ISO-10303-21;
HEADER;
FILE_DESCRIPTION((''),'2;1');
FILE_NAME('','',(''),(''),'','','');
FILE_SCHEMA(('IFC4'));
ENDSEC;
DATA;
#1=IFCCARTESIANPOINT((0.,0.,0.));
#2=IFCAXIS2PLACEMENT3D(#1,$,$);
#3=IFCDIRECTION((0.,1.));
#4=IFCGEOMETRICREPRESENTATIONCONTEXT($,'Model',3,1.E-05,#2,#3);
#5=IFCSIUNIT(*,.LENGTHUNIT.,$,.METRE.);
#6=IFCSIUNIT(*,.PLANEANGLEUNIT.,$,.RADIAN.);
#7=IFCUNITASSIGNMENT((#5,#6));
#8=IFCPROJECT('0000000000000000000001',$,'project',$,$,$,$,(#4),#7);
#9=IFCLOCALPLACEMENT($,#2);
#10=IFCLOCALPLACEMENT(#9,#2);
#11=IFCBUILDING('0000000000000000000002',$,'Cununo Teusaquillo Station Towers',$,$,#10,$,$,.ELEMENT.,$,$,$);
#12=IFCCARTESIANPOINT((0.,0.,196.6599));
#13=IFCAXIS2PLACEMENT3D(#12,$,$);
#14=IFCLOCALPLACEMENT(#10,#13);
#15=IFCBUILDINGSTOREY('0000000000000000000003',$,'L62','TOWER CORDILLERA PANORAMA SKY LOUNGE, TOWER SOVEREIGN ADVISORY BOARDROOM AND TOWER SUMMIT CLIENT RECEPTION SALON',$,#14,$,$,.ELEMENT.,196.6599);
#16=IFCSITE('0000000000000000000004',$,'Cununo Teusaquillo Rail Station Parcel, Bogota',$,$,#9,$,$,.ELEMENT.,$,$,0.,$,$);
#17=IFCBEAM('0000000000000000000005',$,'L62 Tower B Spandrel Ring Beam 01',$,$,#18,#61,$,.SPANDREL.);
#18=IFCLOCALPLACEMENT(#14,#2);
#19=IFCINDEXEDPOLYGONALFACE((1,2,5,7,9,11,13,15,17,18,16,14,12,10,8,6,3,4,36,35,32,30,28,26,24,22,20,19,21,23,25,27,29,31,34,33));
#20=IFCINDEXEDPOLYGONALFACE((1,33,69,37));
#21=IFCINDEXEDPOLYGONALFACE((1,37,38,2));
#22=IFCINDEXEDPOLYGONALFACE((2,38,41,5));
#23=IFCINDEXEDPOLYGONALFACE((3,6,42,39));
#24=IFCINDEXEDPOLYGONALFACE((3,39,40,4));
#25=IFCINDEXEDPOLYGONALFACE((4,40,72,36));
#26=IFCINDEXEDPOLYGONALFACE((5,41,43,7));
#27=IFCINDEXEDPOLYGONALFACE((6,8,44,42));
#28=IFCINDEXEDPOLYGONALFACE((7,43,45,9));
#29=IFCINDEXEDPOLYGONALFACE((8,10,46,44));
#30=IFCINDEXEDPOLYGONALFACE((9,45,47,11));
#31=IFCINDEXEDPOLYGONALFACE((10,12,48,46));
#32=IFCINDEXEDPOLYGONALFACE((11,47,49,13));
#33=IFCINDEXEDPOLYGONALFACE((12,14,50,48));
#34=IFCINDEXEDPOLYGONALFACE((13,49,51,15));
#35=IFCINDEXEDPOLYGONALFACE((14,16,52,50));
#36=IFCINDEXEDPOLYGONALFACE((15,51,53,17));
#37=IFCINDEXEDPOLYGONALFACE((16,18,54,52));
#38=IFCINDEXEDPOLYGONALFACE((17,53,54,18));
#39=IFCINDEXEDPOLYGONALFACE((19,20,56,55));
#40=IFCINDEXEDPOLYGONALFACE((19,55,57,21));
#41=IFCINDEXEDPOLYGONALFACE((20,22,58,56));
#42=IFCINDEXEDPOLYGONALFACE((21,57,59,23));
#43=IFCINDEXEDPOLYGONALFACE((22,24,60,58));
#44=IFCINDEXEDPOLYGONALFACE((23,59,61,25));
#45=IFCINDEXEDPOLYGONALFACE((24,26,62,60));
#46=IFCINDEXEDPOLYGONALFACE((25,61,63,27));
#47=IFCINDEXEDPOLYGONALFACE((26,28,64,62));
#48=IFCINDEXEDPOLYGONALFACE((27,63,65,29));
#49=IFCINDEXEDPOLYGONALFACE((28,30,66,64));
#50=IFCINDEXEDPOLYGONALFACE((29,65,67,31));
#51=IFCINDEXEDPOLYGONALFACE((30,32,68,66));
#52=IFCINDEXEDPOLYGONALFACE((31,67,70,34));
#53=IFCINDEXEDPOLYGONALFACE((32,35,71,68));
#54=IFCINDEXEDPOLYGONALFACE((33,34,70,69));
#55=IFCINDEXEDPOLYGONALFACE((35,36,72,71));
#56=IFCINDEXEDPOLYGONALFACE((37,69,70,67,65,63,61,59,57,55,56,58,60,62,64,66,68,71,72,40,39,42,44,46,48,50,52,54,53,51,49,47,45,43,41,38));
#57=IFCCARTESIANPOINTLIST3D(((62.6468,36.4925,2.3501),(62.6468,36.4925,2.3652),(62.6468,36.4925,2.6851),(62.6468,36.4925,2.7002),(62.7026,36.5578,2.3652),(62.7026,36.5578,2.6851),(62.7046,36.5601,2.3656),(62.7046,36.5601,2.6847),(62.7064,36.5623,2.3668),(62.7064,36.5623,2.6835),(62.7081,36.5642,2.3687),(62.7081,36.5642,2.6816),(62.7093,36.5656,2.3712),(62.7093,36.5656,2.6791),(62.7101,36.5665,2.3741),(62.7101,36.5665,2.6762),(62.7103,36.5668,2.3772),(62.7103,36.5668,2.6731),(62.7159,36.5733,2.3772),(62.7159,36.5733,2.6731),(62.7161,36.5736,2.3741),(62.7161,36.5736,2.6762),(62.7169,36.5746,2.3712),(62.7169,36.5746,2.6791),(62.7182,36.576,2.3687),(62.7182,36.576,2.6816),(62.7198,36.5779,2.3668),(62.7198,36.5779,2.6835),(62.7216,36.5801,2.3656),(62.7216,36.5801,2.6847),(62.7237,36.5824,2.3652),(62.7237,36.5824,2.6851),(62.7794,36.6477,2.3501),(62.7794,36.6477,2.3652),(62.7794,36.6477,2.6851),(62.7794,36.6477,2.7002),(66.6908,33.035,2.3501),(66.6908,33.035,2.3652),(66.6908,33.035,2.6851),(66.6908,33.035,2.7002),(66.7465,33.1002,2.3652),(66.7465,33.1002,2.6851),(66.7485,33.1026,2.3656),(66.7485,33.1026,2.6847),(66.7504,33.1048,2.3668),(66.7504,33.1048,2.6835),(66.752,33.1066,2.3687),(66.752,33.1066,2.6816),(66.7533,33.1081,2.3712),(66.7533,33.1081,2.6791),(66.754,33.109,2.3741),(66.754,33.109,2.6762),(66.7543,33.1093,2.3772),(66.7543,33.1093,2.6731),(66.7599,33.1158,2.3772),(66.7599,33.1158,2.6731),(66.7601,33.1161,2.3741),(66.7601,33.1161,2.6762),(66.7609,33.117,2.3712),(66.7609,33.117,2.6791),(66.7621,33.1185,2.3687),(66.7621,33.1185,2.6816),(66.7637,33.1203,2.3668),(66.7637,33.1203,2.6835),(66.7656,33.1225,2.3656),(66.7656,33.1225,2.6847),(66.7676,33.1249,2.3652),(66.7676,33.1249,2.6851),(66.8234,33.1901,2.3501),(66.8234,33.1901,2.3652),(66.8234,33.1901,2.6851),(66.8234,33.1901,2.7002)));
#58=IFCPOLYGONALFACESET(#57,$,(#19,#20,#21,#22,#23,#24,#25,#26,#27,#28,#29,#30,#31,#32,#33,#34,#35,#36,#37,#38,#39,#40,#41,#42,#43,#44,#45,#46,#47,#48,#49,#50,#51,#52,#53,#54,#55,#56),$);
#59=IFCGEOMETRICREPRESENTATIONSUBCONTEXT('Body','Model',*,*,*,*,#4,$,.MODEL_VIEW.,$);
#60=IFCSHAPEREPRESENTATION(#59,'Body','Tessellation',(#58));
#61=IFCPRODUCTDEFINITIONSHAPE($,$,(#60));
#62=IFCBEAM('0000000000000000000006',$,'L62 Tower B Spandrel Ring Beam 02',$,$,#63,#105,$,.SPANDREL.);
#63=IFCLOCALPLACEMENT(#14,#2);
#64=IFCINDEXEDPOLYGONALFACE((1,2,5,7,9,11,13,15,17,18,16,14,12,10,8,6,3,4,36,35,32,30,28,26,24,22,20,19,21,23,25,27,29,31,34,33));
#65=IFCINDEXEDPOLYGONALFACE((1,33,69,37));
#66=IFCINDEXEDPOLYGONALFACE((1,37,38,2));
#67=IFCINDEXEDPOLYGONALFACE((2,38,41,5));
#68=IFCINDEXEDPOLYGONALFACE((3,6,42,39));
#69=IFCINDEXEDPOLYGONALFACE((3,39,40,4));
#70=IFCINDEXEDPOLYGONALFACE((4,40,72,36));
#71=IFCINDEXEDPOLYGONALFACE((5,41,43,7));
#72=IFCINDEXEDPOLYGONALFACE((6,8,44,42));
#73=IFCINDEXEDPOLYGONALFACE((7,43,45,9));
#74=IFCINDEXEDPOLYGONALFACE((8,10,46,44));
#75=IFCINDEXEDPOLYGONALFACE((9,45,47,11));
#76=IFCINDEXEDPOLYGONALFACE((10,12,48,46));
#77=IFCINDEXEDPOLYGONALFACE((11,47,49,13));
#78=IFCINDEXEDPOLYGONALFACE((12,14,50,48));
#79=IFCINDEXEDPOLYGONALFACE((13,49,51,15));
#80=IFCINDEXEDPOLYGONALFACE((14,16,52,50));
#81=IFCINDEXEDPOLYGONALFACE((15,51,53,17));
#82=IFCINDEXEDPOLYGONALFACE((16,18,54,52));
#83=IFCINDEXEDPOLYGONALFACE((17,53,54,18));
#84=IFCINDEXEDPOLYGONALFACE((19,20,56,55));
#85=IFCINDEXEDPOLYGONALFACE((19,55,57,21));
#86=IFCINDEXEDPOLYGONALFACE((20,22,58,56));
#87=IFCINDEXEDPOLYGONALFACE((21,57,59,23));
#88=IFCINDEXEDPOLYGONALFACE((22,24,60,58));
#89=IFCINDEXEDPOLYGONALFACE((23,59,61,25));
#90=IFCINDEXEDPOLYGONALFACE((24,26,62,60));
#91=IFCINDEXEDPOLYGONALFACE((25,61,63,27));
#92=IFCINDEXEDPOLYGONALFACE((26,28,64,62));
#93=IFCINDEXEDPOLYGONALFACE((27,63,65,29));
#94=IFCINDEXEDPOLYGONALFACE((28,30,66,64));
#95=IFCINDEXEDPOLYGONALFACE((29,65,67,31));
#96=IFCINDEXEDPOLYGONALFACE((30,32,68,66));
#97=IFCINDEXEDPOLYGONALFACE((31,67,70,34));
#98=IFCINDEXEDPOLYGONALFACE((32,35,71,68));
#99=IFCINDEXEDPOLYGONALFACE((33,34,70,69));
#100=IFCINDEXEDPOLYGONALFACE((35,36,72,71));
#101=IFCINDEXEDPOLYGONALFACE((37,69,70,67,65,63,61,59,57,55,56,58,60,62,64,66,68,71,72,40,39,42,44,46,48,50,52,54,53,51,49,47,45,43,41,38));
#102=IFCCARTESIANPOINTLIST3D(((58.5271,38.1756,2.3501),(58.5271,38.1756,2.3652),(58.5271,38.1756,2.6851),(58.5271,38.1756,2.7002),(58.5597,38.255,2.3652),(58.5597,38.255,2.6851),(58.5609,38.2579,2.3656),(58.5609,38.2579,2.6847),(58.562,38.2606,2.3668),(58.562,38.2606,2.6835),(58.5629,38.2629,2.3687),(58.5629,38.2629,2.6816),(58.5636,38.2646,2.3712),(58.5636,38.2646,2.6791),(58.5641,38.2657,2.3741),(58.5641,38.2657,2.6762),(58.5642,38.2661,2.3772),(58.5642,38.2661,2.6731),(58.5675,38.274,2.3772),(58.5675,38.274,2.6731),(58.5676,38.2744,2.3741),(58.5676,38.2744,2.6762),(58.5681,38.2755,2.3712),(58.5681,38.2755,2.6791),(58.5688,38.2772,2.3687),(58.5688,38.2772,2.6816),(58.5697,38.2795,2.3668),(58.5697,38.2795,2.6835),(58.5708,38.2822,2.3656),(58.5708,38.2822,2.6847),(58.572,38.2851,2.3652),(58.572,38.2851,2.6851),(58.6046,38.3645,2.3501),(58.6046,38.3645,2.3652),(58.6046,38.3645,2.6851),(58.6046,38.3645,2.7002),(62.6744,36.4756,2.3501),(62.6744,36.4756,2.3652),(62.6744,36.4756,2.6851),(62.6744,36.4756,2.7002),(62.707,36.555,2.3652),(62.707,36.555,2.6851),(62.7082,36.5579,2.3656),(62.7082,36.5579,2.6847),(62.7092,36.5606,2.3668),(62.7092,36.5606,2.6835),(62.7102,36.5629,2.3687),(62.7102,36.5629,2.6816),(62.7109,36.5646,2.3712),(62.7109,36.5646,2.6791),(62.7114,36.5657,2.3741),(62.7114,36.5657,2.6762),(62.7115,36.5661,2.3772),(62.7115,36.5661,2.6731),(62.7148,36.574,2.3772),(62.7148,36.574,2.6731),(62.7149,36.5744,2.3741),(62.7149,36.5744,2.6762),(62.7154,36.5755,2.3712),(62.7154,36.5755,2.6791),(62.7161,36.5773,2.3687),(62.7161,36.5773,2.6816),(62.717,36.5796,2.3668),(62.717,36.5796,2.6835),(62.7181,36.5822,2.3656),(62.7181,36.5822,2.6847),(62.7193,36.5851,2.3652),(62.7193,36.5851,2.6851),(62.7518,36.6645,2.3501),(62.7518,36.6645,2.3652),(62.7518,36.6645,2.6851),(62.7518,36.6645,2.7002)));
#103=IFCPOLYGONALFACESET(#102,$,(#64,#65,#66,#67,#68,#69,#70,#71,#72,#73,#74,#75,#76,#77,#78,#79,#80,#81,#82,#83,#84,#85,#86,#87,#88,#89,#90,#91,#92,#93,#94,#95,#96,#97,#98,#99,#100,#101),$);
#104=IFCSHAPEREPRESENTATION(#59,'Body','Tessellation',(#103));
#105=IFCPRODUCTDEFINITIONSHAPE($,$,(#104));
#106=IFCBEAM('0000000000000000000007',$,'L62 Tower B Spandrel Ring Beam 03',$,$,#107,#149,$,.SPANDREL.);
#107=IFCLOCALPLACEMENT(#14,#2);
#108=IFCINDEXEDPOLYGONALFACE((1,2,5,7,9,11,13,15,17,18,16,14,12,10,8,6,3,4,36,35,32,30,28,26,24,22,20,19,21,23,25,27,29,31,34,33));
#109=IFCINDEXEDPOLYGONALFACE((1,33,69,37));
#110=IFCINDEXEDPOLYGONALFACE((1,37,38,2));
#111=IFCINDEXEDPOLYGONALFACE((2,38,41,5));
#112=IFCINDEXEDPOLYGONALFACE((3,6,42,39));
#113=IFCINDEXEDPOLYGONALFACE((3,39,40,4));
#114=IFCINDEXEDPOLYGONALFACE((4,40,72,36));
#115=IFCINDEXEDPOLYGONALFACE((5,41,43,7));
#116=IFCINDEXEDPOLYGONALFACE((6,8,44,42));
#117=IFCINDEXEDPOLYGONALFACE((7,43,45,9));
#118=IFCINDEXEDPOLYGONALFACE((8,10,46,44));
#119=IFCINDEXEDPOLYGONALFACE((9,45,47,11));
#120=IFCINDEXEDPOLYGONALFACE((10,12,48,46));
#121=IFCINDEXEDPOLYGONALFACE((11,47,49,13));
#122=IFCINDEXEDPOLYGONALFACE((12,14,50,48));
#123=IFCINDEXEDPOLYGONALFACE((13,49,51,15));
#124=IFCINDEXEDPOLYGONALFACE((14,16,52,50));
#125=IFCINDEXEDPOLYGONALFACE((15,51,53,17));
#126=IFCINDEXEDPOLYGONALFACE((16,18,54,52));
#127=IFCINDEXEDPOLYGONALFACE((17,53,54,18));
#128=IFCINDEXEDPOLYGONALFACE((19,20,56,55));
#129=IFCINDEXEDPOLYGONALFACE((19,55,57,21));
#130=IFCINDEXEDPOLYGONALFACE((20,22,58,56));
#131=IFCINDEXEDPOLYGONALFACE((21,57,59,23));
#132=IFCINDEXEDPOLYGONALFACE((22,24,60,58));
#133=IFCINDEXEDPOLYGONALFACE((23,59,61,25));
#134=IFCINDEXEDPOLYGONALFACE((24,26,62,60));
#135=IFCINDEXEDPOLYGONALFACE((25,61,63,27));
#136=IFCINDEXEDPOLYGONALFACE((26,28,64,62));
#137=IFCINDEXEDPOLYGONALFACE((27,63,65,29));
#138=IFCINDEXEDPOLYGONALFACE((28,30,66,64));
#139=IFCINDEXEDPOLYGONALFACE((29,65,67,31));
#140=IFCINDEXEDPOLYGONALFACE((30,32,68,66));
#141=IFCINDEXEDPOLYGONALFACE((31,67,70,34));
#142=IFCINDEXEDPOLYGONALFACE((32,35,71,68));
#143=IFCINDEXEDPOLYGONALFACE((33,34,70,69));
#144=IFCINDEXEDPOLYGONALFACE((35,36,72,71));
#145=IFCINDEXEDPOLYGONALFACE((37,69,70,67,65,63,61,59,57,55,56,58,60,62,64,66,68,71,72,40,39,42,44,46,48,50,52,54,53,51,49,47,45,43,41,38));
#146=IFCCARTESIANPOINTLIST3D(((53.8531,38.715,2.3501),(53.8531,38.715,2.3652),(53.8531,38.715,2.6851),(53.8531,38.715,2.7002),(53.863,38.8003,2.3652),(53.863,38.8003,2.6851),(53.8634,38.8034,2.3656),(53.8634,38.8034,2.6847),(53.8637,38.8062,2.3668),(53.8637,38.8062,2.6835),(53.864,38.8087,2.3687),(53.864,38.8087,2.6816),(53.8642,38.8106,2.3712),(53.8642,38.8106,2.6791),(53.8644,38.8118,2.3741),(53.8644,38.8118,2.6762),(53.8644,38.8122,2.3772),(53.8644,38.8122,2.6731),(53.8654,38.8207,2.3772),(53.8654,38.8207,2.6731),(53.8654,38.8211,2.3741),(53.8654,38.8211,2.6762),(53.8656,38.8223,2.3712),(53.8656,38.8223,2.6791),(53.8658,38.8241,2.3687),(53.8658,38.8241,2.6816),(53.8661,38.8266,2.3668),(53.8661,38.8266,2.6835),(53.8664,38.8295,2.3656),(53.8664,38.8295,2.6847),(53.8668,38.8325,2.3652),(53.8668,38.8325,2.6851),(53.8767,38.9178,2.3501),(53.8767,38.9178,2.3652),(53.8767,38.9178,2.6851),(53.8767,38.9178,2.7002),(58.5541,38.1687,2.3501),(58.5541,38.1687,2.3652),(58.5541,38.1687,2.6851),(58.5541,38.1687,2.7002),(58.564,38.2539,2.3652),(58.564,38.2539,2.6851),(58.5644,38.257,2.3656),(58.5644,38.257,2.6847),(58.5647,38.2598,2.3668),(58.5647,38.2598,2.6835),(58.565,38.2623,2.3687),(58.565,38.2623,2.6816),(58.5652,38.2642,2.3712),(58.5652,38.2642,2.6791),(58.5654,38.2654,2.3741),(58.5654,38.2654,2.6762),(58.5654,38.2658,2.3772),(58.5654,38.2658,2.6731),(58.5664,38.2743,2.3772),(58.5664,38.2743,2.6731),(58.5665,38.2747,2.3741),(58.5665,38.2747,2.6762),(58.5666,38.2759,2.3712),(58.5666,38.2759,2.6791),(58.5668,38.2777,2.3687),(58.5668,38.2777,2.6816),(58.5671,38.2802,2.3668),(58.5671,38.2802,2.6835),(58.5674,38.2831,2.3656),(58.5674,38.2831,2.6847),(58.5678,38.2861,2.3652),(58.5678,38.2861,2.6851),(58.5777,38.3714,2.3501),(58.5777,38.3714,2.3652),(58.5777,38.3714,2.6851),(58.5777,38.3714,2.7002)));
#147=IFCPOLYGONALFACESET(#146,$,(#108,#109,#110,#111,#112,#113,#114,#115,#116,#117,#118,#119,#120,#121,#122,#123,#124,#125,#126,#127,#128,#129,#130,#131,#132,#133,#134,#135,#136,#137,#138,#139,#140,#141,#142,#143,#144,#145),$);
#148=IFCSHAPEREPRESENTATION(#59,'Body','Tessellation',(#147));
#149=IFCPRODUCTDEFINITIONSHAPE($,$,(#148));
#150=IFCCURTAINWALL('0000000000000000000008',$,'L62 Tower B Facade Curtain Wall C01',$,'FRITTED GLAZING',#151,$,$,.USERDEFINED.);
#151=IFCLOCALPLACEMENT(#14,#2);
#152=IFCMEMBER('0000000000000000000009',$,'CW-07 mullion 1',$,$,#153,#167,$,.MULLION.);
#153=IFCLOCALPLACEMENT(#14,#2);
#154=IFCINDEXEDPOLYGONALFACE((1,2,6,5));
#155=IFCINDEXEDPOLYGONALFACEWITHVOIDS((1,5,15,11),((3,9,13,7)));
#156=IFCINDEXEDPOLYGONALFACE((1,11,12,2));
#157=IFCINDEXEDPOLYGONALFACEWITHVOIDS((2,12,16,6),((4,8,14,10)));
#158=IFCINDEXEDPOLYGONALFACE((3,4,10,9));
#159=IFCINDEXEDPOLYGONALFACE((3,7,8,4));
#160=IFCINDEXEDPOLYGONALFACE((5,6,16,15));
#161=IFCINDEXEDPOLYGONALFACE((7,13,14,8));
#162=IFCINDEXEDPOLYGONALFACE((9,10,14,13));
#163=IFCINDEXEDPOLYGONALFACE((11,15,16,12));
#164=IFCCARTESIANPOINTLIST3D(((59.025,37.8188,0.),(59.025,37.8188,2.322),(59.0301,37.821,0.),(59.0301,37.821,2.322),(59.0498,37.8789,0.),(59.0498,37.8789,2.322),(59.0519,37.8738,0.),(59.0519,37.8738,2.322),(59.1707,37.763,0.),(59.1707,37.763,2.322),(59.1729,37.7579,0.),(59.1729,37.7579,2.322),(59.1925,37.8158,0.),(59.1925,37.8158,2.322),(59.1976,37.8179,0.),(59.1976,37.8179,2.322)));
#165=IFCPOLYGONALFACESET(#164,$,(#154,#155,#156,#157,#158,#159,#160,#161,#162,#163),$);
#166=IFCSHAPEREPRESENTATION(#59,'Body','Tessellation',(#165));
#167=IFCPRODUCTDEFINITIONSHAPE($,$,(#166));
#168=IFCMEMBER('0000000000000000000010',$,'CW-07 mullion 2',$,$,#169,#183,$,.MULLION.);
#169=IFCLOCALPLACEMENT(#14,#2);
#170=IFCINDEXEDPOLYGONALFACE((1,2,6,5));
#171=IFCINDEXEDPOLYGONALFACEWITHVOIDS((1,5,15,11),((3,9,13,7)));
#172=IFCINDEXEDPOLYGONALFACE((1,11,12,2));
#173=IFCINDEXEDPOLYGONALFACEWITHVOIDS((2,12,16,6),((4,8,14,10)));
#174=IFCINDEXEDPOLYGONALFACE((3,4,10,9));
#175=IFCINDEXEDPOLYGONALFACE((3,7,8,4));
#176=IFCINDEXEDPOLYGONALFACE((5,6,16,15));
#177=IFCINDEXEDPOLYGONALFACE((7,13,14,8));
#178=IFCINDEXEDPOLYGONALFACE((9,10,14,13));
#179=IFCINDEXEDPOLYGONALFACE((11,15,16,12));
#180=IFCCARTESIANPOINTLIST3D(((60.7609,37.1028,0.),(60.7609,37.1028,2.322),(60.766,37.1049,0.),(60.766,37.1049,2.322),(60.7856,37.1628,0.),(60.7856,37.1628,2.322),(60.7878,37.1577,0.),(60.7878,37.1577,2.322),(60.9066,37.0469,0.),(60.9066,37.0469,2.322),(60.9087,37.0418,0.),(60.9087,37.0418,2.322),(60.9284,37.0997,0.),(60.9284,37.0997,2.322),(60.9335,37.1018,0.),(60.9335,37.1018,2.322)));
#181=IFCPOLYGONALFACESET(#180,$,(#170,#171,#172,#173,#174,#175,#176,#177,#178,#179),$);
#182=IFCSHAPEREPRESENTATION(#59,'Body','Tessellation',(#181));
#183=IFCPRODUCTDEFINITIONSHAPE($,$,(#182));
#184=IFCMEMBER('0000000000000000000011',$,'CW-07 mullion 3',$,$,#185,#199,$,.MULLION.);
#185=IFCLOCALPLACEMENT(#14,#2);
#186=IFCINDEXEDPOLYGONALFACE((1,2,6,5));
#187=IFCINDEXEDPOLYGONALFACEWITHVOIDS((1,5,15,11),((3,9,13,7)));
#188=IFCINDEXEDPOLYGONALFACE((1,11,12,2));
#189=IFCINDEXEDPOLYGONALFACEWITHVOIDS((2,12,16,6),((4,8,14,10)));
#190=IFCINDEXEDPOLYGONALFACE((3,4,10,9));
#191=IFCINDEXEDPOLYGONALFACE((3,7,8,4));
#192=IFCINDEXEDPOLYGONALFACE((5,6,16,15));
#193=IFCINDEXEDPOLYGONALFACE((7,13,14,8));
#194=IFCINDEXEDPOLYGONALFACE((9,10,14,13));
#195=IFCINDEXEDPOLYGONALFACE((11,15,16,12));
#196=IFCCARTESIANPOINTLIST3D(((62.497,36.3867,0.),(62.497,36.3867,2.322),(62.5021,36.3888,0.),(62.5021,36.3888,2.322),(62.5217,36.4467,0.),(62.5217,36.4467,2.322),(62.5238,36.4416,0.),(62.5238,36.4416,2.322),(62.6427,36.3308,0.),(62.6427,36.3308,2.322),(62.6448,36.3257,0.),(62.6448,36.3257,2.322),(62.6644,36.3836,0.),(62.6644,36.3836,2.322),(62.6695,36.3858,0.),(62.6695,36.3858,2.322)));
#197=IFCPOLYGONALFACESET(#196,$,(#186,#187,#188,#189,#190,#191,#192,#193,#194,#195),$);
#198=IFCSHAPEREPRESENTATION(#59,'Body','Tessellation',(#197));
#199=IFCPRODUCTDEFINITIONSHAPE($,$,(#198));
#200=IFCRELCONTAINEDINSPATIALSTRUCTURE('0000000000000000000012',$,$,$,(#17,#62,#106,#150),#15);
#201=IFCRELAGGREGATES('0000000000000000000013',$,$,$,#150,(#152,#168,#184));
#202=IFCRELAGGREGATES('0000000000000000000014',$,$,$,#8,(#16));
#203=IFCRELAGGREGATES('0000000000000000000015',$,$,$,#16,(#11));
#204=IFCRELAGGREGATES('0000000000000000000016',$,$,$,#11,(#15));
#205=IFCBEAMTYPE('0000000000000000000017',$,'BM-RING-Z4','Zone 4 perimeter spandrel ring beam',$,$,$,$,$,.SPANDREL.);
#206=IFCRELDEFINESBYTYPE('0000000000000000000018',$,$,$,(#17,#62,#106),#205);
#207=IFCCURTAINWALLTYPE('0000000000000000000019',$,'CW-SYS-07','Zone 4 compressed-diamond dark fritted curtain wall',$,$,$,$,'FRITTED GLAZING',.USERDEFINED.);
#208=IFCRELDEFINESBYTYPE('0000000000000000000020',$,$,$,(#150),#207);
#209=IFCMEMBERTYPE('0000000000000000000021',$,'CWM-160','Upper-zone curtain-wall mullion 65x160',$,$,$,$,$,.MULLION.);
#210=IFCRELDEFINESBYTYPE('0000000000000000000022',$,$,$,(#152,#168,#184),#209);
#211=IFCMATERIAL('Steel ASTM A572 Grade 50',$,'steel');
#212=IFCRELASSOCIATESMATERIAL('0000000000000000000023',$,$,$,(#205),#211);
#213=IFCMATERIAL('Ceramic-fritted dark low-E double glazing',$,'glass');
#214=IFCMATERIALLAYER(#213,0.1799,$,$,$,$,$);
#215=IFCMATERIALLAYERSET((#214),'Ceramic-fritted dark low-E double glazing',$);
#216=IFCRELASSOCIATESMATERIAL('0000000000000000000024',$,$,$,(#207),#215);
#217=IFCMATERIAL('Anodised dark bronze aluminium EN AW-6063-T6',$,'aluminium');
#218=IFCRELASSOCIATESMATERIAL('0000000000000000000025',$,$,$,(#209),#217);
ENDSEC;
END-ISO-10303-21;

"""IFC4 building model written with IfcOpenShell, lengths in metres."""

from ifc_helpers import new_model, si_unit, direction, frame, origin, origin_2d, place, context, subcontext, project, spatial, hollow_rectangle, i_section, extrude, material, layer, layer_set, material_profile, profile_set, type_object, element, aggregate, save


model = new_model("IFC4")

# Units and contexts
model_context = context("Model", 3, precision=1e-05, world=origin(), true_north=direction((0.0, 1.0)))
body_context = subcontext(model_context, "Body", "Model", "MODEL_VIEW")
ifc_project = project(units=[si_unit("LENGTHUNIT", "METRE"), si_unit("PLANEANGLEUNIT", "RADIAN")], contexts=[model_context])

# Site, building, storey
site_placement = place(None, origin())
site = spatial("IfcSite", under=ifc_project, at=site_placement, Name="Cununo Teusaquillo Rail Station Parcel, Bogota", CompositionType="ELEMENT", RefElevation=0.0)
building_placement = place(site_placement, origin())
building = spatial("IfcBuilding", under=site, at=building_placement, Name="Cununo Teusaquillo Station Towers", CompositionType="ELEMENT")
storey_placement = place(building_placement, frame((0.0, 0.0, 196.6599)))
storey = spatial("IfcBuildingStorey", under=building, at=storey_placement, Name="L62", Description="TOWER CORDILLERA PANORAMA SKY LOUNGE, TOWER SOVEREIGN ADVISORY BOARDROOM AND TOWER SUMMIT CLIENT RECEPTION SALON", CompositionType="ELEMENT", Elevation=196.6599)

# Beams
ifc_material_1 = material(Name="Steel ASTM A572 Grade 50", Category="steel")
ifc_material_profile_1 = material_profile(ifc_material_1, i_section(OverallWidth=0.2041, OverallDepth=0.3501, WebThickness=0.0085, FlangeThickness=0.0151, FilletRadius=0.012, at=origin_2d()), Name="W14X48")
ifc_profile_set_1 = profile_set([ifc_material_profile_1], Name="Steel ASTM A572 Grade 50")
beam_type_1 = type_object("IfcBeamType", Name="BM-RING-Z4", Description="Zone 4 perimeter spandrel ring beam", PredefinedType="SPANDREL", material=ifc_profile_set_1)
beam_1_placement = place(storey_placement, frame((66.7571, 33.1125, 2.5251), z_axis=(-0.760066, 0.649846, 0.0), x_axis=(-0.649846, -0.760066, 0.0)))
element("IfcBeam", 1, at=beam_1_placement, inside=storey, type_object=beam_type_1, Name="L62 Tower B Spandrel Ring Beam 01", PredefinedType="SPANDREL", context=body_context, shape_type="SweptSolid", body=[
    extrude(i_section(OverallWidth=0.2041, OverallDepth=0.3501, WebThickness=0.0085, FlangeThickness=0.0151, FilletRadius=0.012, at=origin_2d()), origin(), (0.0, 0.0, 1.0), 5.3206),
])
beam_2_placement = place(storey_placement, frame((62.7131, 36.5701, 2.5251), z_axis=(-0.925284, 0.379275, 0.0), x_axis=(-0.379275, -0.925284, 0.0)))
element("IfcBeam", 2, at=beam_2_placement, inside=storey, type_object=beam_type_1, Name="L62 Tower B Spandrel Ring Beam 02", PredefinedType="SPANDREL", context=body_context, shape_type="SweptSolid", body=[
    extrude(i_section(OverallWidth=0.2041, OverallDepth=0.3501, WebThickness=0.0085, FlangeThickness=0.0151, FilletRadius=0.012, at=origin_2d()), origin(), (0.0, 0.0, 1.0), 4.4822),
])
beam_3_placement = place(storey_placement, frame((58.5659, 38.27, 2.5251), z_axis=(-0.993313, 0.115452, 0.0), x_axis=(-0.115452, -0.993313, 0.0)))
element("IfcBeam", 3, at=beam_3_placement, inside=storey, type_object=beam_type_1, Name="L62 Tower B Spandrel Ring Beam 03", PredefinedType="SPANDREL", context=body_context, shape_type="SweptSolid", body=[
    extrude(i_section(OverallWidth=0.2041, OverallDepth=0.3501, WebThickness=0.0085, FlangeThickness=0.0151, FilletRadius=0.012, at=origin_2d()), origin(), (0.0, 0.0, 1.0), 4.7327),
])

# Curtain wall, members
ifc_material_2 = material(Name="Ceramic-fritted dark low-E double glazing", Category="glass")
ifc_layer_1 = layer(ifc_material_2, 0.1799)
ifc_layer_set_1 = layer_set([ifc_layer_1], Name="Ceramic-fritted dark low-E double glazing")
curtain_wall_type = type_object("IfcCurtainWallType", Name="CW-SYS-07", Description="Zone 4 compressed-diamond dark fritted curtain wall", ElementType="FRITTED GLAZING", PredefinedType="USERDEFINED", material=ifc_layer_set_1)
curtain_wall_placement = place(storey_placement, origin())
curtain_wall = element("IfcCurtainWall", 4, at=curtain_wall_placement, inside=storey, type_object=curtain_wall_type, Name="L62 Tower B Facade Curtain Wall C01", ObjectType="FRITTED GLAZING", PredefinedType="USERDEFINED")
ifc_material_3 = material(Name="Anodised dark bronze aluminium EN AW-6063-T6", Category="aluminium")
ifc_material_profile_2 = material_profile(ifc_material_3, hollow_rectangle(XDim=0.0649, YDim=0.1599, WallThickness=0.0039, at=origin_2d()), Name="CW-MULL-65x160")
ifc_profile_set_2 = profile_set([ifc_material_profile_2], Name="Anodised dark bronze aluminium EN AW-6063-T6")
member_type_1 = type_object("IfcMemberType", Name="CWM-160", Description="Upper-zone curtain-wall mullion 65x160", PredefinedType="MULLION", material=ifc_profile_set_2)
member_1_placement = place(storey_placement, frame((59.1113, 37.8184, 0.0), z_axis=(0.0, 0.0, 1.0), x_axis=(0.381311, 0.924447, 0.0)))
member_1 = element("IfcMember", 5, at=member_1_placement, type_object=member_type_1, Name="CW-07 mullion 1", PredefinedType="MULLION", context=body_context, shape_type="SweptSolid", body=[
    extrude(hollow_rectangle(XDim=0.0649, YDim=0.1599, WallThickness=0.0039, at=origin_2d()), origin(), (0.0, 0.0, 1.0), 2.322),
])
member_2_placement = place(storey_placement, frame((60.8472, 37.1023, 0.0), z_axis=(0.0, 0.0, 1.0), x_axis=(0.381311, 0.924447, 0.0)))
member_2 = element("IfcMember", 6, at=member_2_placement, type_object=member_type_1, Name="CW-07 mullion 2", PredefinedType="MULLION", context=body_context, shape_type="SweptSolid", body=[
    extrude(hollow_rectangle(XDim=0.0649, YDim=0.1599, WallThickness=0.0039, at=origin_2d()), origin(), (0.0, 0.0, 1.0), 2.322),
])
member_3_placement = place(storey_placement, frame((62.5833, 36.3862, 0.0), z_axis=(0.0, 0.0, 1.0), x_axis=(0.381311, 0.924447, 0.0)))
member_3 = element("IfcMember", 7, at=member_3_placement, type_object=member_type_1, Name="CW-07 mullion 3", PredefinedType="MULLION", context=body_context, shape_type="SweptSolid", body=[
    extrude(hollow_rectangle(XDim=0.0649, YDim=0.1599, WallThickness=0.0039, at=origin_2d()), origin(), (0.0, 0.0, 1.0), 2.322),
])

aggregate(curtain_wall, [member_1, member_2, member_3])

save(model, "model.ifc")
